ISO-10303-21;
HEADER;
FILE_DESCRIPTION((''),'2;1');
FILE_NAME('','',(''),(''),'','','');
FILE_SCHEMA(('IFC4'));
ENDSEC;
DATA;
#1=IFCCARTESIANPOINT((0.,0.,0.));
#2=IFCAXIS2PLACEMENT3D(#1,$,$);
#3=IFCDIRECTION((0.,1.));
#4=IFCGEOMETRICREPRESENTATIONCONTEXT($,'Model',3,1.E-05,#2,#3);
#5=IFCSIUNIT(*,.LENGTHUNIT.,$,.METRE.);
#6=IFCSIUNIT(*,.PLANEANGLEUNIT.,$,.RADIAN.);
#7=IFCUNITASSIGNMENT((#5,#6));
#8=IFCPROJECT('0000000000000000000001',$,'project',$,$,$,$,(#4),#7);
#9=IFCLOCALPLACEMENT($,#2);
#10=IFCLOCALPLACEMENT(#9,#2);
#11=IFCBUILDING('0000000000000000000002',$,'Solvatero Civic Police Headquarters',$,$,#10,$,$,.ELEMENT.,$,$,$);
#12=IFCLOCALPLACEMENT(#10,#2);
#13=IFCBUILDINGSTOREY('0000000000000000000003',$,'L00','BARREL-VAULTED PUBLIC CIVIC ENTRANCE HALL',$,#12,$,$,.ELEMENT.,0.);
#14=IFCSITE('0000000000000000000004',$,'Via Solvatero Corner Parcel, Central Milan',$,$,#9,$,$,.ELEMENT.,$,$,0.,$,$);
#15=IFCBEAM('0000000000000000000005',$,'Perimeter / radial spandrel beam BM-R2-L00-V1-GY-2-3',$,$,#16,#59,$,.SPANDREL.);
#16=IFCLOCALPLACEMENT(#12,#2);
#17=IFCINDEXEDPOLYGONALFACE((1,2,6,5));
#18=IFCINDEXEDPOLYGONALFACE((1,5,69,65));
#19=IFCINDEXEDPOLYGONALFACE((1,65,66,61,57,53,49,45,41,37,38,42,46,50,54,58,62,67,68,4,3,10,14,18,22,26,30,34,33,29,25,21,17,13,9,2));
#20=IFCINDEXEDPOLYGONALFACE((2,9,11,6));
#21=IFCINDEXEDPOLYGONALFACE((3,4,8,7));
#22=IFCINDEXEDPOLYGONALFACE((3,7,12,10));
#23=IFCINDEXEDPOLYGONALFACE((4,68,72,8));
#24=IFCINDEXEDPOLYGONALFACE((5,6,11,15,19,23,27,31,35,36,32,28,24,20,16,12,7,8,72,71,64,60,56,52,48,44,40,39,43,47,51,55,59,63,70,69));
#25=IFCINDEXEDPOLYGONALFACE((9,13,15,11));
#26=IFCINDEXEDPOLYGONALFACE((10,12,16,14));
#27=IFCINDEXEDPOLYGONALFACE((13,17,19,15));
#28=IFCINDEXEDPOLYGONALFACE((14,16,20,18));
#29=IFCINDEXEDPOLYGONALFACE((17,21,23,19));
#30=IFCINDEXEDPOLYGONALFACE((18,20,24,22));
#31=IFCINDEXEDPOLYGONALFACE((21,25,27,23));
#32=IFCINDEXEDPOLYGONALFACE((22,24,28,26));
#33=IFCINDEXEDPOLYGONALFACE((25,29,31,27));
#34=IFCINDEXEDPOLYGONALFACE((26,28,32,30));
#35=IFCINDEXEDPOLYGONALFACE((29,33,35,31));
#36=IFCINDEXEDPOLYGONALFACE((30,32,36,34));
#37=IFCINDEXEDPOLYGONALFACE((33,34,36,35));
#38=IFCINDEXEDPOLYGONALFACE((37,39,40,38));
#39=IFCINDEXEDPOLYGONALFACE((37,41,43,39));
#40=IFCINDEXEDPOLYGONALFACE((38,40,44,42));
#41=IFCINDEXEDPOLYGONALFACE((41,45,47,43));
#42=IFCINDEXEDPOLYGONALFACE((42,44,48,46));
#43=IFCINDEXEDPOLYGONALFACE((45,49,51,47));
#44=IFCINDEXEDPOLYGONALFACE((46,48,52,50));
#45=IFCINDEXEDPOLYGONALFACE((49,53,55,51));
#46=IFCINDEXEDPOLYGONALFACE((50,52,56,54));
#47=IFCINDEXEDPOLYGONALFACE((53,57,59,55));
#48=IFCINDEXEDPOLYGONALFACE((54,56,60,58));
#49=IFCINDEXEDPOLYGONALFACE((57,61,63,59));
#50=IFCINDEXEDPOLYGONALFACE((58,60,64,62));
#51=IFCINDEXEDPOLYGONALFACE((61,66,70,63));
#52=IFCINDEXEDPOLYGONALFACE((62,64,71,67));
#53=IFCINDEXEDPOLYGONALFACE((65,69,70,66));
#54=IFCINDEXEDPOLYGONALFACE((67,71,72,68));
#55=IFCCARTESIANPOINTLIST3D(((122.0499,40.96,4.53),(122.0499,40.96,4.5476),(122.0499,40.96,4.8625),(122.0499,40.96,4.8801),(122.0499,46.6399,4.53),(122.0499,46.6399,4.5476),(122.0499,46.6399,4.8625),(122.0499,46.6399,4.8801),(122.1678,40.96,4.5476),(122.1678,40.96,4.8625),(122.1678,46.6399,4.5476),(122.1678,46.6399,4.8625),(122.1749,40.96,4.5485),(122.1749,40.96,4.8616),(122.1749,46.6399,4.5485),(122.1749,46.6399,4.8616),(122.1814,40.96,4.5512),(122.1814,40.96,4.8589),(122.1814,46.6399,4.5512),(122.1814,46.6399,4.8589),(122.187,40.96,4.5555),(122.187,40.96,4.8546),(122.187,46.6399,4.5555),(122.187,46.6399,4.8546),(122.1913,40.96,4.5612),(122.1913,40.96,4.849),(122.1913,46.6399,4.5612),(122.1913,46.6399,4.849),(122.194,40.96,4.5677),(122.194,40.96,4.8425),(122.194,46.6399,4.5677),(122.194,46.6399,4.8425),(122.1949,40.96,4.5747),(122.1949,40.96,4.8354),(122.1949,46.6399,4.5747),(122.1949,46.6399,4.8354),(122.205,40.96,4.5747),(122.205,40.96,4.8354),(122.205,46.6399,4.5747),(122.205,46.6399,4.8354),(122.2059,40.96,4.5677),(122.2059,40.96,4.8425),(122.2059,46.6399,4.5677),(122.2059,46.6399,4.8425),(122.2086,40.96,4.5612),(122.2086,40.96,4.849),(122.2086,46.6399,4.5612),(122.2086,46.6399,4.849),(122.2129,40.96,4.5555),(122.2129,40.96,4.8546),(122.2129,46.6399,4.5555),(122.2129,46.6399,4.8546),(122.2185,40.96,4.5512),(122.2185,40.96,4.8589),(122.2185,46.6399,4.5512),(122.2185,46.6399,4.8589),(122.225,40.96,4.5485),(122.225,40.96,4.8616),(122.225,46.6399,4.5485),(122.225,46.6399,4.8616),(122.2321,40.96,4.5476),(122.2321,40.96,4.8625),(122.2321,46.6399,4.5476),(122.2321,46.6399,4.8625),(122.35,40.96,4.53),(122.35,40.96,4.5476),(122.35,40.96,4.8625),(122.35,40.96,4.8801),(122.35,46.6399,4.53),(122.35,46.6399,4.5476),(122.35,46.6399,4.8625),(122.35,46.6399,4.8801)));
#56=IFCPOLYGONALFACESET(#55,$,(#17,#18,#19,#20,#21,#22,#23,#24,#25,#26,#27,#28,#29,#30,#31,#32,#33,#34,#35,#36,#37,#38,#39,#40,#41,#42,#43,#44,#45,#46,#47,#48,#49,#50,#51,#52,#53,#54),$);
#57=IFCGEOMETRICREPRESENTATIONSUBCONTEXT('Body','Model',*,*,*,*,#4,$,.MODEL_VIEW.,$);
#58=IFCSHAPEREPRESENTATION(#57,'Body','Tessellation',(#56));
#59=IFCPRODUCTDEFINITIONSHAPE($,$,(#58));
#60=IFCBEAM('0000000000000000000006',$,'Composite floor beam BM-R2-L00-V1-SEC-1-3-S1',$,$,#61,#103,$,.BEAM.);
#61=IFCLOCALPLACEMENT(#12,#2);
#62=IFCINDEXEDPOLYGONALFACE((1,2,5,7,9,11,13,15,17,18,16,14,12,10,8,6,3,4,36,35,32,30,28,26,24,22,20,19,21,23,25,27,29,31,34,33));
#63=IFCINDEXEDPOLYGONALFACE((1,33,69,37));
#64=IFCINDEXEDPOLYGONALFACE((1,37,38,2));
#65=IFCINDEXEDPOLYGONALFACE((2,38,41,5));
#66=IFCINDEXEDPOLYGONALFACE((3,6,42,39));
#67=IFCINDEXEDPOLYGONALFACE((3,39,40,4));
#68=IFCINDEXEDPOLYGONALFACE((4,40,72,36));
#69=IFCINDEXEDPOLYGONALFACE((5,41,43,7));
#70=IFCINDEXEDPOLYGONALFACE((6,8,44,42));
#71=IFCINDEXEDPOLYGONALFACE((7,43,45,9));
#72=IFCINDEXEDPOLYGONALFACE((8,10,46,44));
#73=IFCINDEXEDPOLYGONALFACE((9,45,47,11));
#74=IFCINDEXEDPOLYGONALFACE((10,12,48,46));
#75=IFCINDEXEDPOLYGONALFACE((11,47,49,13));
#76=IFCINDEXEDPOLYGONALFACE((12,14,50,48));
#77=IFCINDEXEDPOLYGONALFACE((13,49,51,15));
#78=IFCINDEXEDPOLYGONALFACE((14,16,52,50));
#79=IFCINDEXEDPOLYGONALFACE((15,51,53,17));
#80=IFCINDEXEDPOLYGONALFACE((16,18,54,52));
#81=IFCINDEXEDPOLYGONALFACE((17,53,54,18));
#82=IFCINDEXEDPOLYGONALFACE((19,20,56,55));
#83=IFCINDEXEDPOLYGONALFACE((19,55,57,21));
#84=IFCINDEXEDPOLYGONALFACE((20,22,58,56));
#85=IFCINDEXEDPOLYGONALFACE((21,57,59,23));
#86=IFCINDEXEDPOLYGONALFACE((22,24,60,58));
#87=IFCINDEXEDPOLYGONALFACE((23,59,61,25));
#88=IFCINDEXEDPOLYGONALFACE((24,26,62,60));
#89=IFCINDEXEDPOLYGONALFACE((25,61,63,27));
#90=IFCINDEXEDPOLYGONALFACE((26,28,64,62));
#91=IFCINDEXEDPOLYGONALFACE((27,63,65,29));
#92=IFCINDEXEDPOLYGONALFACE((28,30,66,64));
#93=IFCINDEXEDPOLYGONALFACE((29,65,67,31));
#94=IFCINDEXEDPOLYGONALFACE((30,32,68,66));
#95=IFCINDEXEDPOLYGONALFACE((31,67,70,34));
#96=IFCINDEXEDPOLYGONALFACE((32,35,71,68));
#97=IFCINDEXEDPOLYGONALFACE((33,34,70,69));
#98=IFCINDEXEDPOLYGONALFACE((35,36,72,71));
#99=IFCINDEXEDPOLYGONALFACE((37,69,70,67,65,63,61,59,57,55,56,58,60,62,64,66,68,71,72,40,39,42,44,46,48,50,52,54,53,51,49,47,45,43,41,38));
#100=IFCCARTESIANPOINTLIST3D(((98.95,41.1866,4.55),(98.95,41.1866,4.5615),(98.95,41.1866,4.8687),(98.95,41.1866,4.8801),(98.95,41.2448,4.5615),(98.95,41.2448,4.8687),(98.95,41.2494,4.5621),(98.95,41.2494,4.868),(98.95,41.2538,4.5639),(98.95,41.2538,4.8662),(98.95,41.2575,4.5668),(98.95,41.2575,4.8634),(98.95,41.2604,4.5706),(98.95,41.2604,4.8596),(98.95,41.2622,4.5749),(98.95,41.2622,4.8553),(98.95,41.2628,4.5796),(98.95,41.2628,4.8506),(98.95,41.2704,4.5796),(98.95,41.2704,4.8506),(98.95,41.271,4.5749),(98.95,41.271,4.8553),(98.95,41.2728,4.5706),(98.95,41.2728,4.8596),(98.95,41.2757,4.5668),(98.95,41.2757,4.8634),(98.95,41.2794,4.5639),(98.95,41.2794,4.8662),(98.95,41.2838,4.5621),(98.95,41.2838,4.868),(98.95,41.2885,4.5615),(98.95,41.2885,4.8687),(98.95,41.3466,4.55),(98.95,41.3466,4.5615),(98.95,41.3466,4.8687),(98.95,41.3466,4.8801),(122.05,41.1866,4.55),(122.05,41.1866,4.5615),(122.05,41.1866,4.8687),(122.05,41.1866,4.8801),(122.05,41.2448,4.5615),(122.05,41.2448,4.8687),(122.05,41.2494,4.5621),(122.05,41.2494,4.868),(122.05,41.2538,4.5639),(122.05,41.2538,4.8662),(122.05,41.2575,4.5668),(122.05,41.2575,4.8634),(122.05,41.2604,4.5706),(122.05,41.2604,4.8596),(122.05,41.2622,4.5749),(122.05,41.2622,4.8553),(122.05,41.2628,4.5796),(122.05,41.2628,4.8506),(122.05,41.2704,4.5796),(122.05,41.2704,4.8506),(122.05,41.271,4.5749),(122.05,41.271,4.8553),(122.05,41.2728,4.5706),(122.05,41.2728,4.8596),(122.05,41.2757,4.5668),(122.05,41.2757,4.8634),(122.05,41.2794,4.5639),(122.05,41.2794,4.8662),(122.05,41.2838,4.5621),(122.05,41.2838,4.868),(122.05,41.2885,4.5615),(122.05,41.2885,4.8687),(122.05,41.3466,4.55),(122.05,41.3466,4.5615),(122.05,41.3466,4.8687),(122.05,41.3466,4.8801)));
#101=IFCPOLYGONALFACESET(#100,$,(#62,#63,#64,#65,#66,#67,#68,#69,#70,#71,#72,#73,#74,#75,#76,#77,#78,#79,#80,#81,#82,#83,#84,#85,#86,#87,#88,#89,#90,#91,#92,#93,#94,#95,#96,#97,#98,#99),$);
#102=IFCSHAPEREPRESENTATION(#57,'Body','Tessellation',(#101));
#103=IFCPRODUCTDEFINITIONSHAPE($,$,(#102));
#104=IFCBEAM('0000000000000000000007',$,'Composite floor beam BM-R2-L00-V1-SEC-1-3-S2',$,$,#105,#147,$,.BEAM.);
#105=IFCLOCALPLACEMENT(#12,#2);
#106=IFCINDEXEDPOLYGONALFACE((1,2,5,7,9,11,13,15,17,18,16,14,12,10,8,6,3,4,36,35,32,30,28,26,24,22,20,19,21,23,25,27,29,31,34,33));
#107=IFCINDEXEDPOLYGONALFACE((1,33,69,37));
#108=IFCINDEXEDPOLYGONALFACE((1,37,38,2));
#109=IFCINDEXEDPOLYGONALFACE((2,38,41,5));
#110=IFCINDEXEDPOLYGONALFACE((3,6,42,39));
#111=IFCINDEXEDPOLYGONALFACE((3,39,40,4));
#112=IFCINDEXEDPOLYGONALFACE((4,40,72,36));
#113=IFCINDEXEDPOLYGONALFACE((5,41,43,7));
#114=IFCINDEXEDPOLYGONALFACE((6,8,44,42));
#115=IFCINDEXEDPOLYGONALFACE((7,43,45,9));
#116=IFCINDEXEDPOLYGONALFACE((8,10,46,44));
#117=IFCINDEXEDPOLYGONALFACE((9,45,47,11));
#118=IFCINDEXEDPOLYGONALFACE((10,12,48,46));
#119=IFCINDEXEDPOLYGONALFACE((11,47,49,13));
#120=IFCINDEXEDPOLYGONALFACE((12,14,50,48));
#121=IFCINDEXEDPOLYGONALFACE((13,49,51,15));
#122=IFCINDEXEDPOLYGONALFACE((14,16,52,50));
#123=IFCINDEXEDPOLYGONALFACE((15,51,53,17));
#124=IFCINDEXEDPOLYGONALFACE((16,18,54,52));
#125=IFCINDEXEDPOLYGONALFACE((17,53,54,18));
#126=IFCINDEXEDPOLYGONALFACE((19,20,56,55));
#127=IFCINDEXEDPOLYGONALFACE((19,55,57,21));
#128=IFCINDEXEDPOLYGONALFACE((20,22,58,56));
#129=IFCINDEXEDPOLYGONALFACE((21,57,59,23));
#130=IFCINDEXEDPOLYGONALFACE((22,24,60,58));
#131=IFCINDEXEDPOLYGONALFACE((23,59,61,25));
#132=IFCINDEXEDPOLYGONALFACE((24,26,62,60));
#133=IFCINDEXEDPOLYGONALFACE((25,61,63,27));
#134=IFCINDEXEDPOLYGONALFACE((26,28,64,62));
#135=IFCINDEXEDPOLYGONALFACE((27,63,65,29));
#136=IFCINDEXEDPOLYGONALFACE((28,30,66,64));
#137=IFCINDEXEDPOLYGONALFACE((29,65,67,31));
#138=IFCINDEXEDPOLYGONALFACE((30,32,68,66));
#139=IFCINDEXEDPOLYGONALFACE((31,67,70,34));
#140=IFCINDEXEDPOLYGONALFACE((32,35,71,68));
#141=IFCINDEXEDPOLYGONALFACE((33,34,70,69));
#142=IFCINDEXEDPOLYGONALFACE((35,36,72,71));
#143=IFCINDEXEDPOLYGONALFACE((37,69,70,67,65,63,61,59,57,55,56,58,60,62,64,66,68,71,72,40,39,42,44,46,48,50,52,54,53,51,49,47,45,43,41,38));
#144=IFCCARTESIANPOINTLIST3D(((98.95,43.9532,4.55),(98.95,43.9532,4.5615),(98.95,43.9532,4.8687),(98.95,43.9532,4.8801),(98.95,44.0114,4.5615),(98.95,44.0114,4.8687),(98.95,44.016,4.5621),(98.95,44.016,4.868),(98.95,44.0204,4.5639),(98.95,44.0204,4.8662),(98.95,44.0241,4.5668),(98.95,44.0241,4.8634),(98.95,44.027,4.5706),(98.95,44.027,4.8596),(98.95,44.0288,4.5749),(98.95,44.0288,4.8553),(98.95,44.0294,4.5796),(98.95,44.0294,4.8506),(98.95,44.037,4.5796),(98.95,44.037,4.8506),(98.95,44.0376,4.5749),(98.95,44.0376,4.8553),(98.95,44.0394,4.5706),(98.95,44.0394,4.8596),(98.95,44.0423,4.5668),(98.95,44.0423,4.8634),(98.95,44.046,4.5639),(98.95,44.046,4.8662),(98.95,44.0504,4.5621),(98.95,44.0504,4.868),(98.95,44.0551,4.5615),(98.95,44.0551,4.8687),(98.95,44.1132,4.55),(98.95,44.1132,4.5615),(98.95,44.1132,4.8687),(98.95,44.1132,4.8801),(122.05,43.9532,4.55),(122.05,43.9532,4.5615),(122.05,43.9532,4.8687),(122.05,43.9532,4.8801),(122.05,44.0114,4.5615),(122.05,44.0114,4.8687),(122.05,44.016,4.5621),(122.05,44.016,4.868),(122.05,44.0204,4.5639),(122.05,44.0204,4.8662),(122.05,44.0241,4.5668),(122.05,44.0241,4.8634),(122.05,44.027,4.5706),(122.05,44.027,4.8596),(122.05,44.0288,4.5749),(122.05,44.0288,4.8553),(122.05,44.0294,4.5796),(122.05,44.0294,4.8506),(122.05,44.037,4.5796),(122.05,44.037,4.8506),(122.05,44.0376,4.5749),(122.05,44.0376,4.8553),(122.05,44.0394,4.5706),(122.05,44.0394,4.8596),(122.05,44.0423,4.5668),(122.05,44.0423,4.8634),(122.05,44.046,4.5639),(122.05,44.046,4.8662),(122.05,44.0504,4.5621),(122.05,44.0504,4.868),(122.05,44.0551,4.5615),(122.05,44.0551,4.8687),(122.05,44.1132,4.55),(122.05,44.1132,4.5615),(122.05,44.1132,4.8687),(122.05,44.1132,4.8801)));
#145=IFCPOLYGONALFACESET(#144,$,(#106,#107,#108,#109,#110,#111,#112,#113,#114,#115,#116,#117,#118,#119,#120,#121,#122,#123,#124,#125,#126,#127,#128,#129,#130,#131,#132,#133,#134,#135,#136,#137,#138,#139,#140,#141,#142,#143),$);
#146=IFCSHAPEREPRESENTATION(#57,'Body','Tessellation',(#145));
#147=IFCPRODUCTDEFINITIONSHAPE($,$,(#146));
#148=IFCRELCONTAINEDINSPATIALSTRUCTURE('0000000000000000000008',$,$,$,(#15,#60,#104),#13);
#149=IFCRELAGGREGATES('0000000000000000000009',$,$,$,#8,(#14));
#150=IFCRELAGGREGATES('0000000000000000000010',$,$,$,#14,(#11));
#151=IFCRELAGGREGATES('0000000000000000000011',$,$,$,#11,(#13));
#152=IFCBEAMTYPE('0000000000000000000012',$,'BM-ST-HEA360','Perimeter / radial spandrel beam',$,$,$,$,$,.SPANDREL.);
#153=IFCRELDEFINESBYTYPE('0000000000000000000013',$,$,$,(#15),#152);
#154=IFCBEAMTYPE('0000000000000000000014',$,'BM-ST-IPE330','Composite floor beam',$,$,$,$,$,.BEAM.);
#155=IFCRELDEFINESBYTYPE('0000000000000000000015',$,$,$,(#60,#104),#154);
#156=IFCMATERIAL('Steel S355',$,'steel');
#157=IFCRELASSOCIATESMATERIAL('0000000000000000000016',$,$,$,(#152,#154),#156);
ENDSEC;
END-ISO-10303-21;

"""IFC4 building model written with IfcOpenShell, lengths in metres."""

from ifc_helpers import new_model, si_unit, direction, frame, origin, origin_2d, place, context, subcontext, project, spatial, i_section, extrude, material, material_profile, profile_set, type_object, element, save


model = new_model("IFC4")

# Units and contexts
model_context = context("Model", 3, precision=1e-05, world=origin(), true_north=direction((0.0, 1.0)))
body_context = subcontext(model_context, "Body", "Model", "MODEL_VIEW")
ifc_project = project(units=[si_unit("LENGTHUNIT", "METRE"), si_unit("PLANEANGLEUNIT", "RADIAN")], contexts=[model_context])

# Site, building, storey
site_placement = place(None, origin())
site = spatial("IfcSite", under=ifc_project, at=site_placement, Name="Via Solvatero Corner Parcel, Central Milan", CompositionType="ELEMENT", RefElevation=0.0)
building_placement = place(site_placement, origin())
building = spatial("IfcBuilding", under=site, at=building_placement, Name="Solvatero Civic Police Headquarters", CompositionType="ELEMENT")
storey_placement = place(building_placement, origin())
storey = spatial("IfcBuildingStorey", under=building, at=storey_placement, Name="L00", Description="BARREL-VAULTED PUBLIC CIVIC ENTRANCE HALL", CompositionType="ELEMENT", Elevation=0.0)

# Beams
ifc_material_1 = material(Name="Steel S355", Category="steel")
ifc_material_profile_1 = material_profile(ifc_material_1, i_section(OverallWidth=0.3, OverallDepth=0.3501, WebThickness=0.01, FlangeThickness=0.0176, FilletRadius=0.0271, at=origin_2d()), Name="HEA 360")
ifc_profile_set_1 = profile_set([ifc_material_profile_1], Name="Steel S355")
beam_type_1 = type_object("IfcBeamType", Name="BM-ST-HEA360", Description="Perimeter / radial spandrel beam", PredefinedType="SPANDREL", material=ifc_profile_set_1)
for number, where, z_axis, x_axis, name in (
    (1, (122.2, 40.96, 4.7051), (0.0, 1.0, 0.0), (-1.0, 0.0, 0.0), "Perimeter / radial spandrel beam BM-R2-L00-V1-GY-2-3"),
):
    element("IfcBeam", number, at=place(storey_placement, frame(where, z_axis=z_axis, x_axis=x_axis)), inside=storey, type_object=beam_type_1, Name=name, PredefinedType="SPANDREL", context=body_context, shape_type="SweptSolid", body=[
        extrude(i_section(OverallWidth=0.3, OverallDepth=0.3501, WebThickness=0.01, FlangeThickness=0.0176, FilletRadius=0.0271, at=origin_2d()), origin(), (0.0, 0.0, 1.0), 5.6799),
    ])
ifc_material_profile_2 = material_profile(ifc_material_1, i_section(OverallWidth=0.1599, OverallDepth=0.3301, WebThickness=0.0076, FlangeThickness=0.0115, FilletRadius=0.0181, at=origin_2d()), Name="IPE 330")
ifc_profile_set_2 = profile_set([ifc_material_profile_2], Name="Steel S355")
beam_type_2 = type_object("IfcBeamType", Name="BM-ST-IPE330", Description="Composite floor beam", PredefinedType="BEAM", material=ifc_profile_set_2)
for number, where, z_axis, x_axis, name in (
    (2, (98.95, 41.2666, 4.7151), (1.0, 0.0, 0.0), (0.0, 1.0, 0.0), "Composite floor beam BM-R2-L00-V1-SEC-1-3-S1"),
    (3, (98.95, 44.0332, 4.7151), (1.0, 0.0, 0.0), (0.0, 1.0, 0.0), "Composite floor beam BM-R2-L00-V1-SEC-1-3-S2"),
):
    element("IfcBeam", number, at=place(storey_placement, frame(where, z_axis=z_axis, x_axis=x_axis)), inside=storey, type_object=beam_type_2, Name=name, PredefinedType="BEAM", context=body_context, shape_type="SweptSolid", body=[
        extrude(i_section(OverallWidth=0.1599, OverallDepth=0.3301, WebThickness=0.0076, FlangeThickness=0.0115, FilletRadius=0.0181, at=origin_2d()), origin(), (0.0, 0.0, 1.0), 23.1001),
    ])

save(model, "model.ifc")
